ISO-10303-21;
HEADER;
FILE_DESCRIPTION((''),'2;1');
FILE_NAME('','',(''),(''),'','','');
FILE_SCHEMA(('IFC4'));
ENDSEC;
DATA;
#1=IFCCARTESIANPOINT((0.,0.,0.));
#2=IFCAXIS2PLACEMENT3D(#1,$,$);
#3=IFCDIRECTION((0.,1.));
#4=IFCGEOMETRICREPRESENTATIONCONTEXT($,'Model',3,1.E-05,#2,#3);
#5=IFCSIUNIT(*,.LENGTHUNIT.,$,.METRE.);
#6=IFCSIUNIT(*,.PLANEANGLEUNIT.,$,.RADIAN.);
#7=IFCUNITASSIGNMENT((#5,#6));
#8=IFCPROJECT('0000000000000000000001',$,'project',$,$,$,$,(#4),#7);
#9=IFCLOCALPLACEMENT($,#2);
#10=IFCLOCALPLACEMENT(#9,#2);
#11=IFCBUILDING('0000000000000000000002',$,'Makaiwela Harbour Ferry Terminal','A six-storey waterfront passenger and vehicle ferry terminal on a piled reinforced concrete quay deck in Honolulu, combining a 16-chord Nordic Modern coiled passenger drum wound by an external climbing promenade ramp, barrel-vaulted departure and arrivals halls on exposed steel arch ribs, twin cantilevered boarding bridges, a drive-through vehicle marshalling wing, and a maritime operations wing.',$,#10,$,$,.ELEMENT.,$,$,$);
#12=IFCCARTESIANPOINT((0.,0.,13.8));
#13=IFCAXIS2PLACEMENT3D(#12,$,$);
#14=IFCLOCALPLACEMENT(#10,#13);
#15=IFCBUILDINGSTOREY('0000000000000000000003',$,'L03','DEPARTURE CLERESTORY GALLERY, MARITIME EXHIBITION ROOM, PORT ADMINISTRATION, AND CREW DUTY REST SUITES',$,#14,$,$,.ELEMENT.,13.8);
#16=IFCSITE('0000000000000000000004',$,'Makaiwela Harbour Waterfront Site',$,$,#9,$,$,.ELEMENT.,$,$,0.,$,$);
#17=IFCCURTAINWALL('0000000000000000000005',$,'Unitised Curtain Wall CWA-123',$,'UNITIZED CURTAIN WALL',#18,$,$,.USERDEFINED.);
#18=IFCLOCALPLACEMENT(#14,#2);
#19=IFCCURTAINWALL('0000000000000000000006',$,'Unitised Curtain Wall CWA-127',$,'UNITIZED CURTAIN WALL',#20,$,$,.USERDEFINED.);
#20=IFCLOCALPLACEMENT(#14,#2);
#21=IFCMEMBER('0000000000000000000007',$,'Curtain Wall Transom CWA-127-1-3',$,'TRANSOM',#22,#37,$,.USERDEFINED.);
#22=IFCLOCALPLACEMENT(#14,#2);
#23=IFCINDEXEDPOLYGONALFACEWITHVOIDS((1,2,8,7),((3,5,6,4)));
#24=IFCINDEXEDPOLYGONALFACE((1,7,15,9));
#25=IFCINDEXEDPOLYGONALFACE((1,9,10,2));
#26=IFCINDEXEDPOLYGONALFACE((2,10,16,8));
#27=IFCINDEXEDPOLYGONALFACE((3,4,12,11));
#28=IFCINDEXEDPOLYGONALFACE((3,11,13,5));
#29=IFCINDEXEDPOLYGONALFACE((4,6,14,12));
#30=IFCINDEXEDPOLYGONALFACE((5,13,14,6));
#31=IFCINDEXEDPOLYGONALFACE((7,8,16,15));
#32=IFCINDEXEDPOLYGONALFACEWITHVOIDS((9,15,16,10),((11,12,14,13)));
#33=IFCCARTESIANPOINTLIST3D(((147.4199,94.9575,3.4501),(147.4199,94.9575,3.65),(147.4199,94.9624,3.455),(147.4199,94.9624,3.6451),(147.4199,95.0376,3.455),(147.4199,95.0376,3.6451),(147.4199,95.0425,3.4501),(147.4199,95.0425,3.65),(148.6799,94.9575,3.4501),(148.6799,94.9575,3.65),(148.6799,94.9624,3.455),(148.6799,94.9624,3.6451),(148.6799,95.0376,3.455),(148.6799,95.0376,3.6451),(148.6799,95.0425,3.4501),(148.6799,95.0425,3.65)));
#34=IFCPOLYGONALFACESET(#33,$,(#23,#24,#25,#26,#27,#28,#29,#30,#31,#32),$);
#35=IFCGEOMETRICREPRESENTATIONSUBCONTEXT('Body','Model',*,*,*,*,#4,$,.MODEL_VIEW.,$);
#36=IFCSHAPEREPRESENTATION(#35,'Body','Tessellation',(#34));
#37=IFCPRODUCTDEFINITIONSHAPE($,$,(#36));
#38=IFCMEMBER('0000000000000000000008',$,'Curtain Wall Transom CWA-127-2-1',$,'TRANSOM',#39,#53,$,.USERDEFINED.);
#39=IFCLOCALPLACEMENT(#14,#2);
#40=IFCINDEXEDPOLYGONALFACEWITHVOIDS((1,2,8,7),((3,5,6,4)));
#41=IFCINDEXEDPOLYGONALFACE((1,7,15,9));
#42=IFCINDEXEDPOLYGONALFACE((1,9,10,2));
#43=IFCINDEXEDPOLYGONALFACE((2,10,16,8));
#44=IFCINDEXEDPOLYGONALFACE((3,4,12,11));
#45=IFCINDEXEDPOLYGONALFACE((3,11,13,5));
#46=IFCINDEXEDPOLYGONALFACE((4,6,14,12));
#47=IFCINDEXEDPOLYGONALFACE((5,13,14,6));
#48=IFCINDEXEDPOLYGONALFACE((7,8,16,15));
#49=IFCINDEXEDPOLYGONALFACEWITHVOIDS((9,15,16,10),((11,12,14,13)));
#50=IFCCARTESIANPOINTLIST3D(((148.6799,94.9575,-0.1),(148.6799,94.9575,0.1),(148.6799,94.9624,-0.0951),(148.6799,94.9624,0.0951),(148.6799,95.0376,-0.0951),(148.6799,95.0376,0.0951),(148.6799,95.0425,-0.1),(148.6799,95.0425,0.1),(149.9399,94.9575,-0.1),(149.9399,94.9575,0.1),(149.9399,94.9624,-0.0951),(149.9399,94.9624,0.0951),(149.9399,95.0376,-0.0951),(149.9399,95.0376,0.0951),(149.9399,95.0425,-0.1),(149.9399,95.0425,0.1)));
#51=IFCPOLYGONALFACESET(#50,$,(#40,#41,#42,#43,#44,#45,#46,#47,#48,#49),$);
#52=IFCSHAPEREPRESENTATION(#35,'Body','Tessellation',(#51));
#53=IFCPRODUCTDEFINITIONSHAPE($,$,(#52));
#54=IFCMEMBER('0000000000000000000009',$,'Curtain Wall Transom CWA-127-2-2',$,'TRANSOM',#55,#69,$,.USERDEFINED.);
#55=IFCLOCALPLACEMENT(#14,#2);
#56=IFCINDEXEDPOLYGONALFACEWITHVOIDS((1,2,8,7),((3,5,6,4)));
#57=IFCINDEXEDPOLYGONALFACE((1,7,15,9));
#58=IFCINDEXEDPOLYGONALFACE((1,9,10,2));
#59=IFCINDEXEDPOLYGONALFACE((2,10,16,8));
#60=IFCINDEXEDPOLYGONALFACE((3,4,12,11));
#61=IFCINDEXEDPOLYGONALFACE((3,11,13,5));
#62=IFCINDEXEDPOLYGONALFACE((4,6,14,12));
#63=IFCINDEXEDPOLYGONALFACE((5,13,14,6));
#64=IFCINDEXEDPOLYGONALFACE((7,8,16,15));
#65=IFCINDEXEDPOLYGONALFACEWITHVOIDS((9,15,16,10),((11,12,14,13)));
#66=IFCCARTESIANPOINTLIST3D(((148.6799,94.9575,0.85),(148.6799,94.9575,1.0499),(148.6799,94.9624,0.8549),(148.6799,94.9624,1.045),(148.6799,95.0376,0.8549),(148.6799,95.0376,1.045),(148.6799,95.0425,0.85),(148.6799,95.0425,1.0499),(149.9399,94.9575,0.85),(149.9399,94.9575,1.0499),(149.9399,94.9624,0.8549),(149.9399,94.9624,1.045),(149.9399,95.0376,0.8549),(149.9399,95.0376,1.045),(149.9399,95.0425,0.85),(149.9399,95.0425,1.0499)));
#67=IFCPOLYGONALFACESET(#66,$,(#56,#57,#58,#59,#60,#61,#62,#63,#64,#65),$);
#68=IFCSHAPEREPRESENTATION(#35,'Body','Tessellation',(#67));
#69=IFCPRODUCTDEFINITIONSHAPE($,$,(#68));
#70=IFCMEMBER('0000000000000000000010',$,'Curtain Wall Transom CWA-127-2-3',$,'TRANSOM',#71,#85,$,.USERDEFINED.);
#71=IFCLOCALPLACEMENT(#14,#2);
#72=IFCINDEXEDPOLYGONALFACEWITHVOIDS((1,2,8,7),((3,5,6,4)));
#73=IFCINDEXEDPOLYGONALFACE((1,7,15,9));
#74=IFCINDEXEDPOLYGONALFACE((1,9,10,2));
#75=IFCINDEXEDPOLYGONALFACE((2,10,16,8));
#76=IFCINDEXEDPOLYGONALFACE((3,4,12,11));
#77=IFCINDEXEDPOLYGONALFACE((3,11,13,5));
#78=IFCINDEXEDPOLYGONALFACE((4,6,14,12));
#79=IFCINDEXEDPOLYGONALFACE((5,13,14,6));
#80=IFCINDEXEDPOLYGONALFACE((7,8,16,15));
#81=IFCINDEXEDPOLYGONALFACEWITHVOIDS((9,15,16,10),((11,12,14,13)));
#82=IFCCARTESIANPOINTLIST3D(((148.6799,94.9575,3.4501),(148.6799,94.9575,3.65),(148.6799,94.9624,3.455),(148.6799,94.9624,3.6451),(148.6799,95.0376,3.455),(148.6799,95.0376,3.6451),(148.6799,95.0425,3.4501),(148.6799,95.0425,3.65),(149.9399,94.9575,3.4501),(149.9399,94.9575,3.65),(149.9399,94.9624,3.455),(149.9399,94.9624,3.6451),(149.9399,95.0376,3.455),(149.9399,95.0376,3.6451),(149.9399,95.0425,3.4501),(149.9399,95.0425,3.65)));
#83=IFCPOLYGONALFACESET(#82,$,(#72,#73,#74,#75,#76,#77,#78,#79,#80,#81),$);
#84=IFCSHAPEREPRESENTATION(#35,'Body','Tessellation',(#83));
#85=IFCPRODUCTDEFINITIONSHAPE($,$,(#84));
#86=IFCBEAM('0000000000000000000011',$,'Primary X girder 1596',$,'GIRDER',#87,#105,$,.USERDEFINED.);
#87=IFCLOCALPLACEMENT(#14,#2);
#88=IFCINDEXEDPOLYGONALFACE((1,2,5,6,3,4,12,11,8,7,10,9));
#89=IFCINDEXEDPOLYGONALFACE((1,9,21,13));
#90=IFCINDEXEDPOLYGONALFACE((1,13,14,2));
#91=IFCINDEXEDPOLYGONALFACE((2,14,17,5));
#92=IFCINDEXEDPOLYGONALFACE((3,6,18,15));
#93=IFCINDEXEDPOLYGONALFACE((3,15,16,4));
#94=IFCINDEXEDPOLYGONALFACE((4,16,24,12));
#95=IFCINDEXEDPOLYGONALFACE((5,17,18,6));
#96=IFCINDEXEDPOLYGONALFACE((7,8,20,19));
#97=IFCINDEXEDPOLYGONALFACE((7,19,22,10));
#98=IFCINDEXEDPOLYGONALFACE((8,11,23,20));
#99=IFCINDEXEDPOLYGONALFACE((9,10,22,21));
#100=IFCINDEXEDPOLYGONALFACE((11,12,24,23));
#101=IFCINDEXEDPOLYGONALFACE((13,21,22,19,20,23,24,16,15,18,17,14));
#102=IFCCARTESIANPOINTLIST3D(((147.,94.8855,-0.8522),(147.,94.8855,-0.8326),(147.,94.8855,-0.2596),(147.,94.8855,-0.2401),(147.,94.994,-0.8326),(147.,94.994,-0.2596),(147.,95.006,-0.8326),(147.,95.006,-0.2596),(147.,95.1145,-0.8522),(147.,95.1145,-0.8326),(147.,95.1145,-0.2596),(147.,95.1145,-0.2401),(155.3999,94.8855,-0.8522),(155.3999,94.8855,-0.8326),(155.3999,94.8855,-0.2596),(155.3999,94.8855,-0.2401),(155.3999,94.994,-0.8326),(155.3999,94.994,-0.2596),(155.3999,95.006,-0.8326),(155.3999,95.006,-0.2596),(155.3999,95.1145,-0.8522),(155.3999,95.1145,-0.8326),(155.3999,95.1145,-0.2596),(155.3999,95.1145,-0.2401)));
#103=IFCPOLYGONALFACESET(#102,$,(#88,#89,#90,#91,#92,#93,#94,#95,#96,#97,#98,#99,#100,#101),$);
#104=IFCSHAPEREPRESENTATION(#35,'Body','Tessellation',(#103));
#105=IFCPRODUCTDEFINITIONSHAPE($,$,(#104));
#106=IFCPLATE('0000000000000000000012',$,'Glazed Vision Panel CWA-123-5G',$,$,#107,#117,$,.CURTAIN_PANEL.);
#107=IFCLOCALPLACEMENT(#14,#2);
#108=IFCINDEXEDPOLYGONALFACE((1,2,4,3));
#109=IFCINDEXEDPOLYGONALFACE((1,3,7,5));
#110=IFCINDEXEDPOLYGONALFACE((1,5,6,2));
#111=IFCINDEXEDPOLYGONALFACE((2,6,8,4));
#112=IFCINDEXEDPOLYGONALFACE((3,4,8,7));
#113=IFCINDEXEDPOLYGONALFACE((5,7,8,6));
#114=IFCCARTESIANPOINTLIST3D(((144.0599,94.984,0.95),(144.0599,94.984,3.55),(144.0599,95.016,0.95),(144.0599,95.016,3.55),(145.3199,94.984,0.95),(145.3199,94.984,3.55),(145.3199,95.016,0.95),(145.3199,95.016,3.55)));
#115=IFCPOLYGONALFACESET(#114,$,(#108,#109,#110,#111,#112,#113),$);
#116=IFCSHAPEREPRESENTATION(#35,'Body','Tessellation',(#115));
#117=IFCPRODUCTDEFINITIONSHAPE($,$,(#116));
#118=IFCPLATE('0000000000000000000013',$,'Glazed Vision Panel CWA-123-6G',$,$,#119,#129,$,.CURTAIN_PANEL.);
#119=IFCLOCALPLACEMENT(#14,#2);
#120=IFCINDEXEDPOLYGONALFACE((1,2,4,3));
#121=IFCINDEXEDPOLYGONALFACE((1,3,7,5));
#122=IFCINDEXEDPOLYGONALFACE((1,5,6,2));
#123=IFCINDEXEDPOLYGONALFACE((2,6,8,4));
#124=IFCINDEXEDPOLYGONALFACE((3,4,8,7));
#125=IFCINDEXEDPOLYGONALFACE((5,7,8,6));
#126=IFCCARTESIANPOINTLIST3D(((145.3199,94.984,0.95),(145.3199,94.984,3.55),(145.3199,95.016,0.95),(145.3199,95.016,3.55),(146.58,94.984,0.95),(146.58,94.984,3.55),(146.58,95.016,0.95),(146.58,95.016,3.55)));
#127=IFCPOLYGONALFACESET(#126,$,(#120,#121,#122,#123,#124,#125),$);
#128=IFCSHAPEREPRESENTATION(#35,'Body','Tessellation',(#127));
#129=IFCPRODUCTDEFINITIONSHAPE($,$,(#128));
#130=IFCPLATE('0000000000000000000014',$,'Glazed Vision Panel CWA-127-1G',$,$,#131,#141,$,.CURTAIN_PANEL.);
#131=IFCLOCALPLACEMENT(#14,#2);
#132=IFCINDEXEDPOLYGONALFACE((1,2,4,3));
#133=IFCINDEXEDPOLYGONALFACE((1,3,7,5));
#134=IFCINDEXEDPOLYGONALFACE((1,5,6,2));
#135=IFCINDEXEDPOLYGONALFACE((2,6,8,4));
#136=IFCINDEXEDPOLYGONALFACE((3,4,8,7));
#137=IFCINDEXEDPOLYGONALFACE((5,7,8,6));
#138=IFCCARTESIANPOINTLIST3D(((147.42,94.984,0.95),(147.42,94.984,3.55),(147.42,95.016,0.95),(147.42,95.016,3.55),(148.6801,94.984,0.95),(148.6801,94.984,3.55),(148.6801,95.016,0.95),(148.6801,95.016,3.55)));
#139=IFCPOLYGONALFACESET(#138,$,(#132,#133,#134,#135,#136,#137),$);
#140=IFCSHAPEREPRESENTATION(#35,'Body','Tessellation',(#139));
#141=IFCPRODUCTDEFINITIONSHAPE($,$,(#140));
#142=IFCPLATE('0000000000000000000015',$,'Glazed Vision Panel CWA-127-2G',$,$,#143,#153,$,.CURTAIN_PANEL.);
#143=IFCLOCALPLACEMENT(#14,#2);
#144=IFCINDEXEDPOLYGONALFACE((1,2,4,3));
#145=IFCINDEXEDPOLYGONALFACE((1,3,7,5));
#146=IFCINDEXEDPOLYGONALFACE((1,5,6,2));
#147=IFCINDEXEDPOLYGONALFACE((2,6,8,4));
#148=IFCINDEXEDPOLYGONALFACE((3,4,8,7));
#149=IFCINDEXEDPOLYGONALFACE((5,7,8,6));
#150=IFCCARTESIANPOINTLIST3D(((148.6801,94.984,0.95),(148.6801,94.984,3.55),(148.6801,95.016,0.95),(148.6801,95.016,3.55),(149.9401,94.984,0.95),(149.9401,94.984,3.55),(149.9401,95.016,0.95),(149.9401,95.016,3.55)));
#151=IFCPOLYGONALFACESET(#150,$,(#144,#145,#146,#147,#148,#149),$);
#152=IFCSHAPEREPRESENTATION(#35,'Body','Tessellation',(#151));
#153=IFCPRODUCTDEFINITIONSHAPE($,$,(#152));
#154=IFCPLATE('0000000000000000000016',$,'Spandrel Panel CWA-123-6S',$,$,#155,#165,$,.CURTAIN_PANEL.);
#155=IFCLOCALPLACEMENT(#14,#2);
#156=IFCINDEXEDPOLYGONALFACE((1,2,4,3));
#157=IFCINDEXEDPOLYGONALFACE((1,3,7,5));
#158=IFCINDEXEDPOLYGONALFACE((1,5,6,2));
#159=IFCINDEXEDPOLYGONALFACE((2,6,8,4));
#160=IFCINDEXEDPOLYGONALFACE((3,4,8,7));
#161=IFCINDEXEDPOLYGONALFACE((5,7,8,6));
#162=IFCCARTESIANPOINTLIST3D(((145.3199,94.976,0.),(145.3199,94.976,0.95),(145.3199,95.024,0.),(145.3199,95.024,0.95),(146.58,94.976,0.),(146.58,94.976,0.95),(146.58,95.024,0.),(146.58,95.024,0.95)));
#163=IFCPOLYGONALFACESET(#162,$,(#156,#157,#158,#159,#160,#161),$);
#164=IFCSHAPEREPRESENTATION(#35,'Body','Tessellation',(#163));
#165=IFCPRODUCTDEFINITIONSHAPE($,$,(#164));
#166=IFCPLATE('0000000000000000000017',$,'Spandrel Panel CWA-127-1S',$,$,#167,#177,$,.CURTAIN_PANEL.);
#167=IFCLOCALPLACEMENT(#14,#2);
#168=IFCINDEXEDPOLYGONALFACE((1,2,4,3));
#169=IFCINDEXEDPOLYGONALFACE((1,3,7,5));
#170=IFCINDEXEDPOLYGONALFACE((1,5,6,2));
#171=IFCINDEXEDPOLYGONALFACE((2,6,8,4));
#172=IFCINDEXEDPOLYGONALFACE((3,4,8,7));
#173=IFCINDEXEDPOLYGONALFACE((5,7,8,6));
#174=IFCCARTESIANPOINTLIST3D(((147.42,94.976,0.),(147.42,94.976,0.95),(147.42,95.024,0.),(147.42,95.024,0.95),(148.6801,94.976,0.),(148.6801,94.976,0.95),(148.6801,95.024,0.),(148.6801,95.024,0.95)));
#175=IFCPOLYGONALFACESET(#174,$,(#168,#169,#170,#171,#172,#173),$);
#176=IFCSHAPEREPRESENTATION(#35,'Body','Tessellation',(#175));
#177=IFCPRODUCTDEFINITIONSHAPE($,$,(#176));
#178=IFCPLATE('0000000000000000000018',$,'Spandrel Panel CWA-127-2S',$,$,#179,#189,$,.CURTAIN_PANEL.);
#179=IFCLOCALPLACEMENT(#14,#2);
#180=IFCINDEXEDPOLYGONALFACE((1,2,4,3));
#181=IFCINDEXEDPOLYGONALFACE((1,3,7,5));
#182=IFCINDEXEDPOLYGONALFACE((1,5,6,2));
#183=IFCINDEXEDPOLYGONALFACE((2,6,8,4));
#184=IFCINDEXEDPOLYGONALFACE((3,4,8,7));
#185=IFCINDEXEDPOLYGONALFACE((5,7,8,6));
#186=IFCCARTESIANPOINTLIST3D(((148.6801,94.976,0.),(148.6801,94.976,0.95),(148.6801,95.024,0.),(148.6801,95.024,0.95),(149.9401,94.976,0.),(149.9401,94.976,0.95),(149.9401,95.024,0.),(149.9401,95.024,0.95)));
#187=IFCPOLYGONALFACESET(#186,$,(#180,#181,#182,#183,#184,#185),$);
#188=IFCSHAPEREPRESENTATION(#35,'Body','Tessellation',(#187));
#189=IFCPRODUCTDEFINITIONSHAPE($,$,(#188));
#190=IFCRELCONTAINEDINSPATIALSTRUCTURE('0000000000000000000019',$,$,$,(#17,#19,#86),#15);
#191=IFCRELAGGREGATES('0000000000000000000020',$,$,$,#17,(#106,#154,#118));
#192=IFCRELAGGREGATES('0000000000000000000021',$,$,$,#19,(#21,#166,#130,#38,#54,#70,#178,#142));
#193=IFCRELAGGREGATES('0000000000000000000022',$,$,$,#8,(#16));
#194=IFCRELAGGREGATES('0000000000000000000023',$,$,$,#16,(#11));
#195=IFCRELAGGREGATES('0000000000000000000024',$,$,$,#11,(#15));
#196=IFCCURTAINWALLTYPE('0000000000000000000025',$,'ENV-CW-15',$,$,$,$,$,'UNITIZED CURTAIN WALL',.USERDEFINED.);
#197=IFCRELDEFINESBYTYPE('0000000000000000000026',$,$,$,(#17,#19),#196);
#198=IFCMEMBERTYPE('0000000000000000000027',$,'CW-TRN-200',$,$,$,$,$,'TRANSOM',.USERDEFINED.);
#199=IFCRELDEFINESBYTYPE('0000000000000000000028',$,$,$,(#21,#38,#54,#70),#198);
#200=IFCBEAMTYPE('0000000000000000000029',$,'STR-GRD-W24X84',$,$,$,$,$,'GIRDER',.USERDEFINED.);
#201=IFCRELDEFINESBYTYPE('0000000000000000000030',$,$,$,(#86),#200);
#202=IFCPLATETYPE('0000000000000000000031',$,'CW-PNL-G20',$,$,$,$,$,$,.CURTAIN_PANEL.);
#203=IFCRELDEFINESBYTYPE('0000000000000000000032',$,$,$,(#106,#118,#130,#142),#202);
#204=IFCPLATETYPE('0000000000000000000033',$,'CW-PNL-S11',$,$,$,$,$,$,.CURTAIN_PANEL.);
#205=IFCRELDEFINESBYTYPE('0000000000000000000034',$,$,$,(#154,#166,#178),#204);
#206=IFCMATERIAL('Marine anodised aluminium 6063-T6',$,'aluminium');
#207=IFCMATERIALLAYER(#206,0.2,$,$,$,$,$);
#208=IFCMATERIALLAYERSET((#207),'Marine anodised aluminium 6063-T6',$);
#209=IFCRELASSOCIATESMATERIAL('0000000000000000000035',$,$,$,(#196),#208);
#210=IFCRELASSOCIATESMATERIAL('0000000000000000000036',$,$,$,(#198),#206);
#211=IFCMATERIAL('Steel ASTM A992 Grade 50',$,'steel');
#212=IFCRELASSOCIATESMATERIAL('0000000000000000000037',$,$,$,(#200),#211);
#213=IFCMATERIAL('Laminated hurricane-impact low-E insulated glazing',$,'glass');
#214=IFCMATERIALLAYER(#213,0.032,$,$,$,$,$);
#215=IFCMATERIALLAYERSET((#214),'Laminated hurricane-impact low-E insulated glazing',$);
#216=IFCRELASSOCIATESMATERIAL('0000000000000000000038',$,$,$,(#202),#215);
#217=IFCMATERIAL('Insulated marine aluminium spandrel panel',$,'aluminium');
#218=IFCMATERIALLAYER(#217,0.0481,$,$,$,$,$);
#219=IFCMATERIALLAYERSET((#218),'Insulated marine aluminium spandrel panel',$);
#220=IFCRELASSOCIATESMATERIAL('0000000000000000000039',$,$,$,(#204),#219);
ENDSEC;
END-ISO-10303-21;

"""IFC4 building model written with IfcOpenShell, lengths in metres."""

from ifc_helpers import new_model, si_unit, direction, frame, origin, origin_2d, place, context, subcontext, project, spatial, rectangle, hollow_rectangle, i_section, extrude, material, layer, layer_set, material_profile, profile_set, type_object, element, aggregate, save


model = new_model("IFC4")

# Units and contexts
model_context = context("Model", 3, precision=1e-05, world=origin(), true_north=direction((0.0, 1.0)))
body_context = subcontext(model_context, "Body", "Model", "MODEL_VIEW")
ifc_project = project(units=[si_unit("LENGTHUNIT", "METRE"), si_unit("PLANEANGLEUNIT", "RADIAN")], contexts=[model_context])

# Site, building, storey
site_placement = place(None, origin())
site = spatial("IfcSite", under=ifc_project, at=site_placement, Name="Makaiwela Harbour Waterfront Site", CompositionType="ELEMENT", RefElevation=0.0)
building_placement = place(site_placement, origin())
building = spatial("IfcBuilding", under=site, at=building_placement, Name="Makaiwela Harbour Ferry Terminal", Description="A six-storey waterfront passenger and vehicle ferry terminal on a piled reinforced concrete quay deck in Honolulu, combining a 16-chord Nordic Modern coiled passenger drum wound by an external climbing promenade ramp, barrel-vaulted departure and arrivals halls on exposed steel arch ribs, twin cantilevered boarding bridges, a drive-through vehicle marshalling wing, and a maritime operations wing.", CompositionType="ELEMENT")
storey_placement = place(building_placement, frame((0.0, 0.0, 13.8)))
storey = spatial("IfcBuildingStorey", under=building, at=storey_placement, Name="L03", Description="DEPARTURE CLERESTORY GALLERY, MARITIME EXHIBITION ROOM, PORT ADMINISTRATION, AND CREW DUTY REST SUITES", CompositionType="ELEMENT", Elevation=13.8)

# Shared definitions
ifc_material_1 = material(Name="Steel ASTM A992 Grade 50", Category="steel")

# Curtain walls
ifc_material_2 = material(Name="Marine anodised aluminium 6063-T6", Category="aluminium")
ifc_layer_1 = layer(ifc_material_2, 0.2)
ifc_layer_set_1 = layer_set([ifc_layer_1], Name="Marine anodised aluminium 6063-T6")
curtain_wall_type = type_object("IfcCurtainWallType", Name="ENV-CW-15", ElementType="UNITIZED CURTAIN WALL", PredefinedType="USERDEFINED", material=ifc_layer_set_1)
curtain_wall_1_placement = place(storey_placement, origin())
curtain_wall_1 = element("IfcCurtainWall", 1, at=curtain_wall_1_placement, inside=storey, type_object=curtain_wall_type, Name="Unitised Curtain Wall CWA-123", ObjectType="UNITIZED CURTAIN WALL", PredefinedType="USERDEFINED")
curtain_wall_2_placement = place(storey_placement, origin())
curtain_wall_2 = element("IfcCurtainWall", 2, at=curtain_wall_2_placement, inside=storey, type_object=curtain_wall_type, Name="Unitised Curtain Wall CWA-127", ObjectType="UNITIZED CURTAIN WALL", PredefinedType="USERDEFINED")

# Members
ifc_material_profile_1 = material_profile(ifc_material_2, hollow_rectangle(XDim=0.085, YDim=0.2, WallThickness=0.0049, at=origin_2d()), Name="CWT-200X85")
ifc_profile_set_1 = profile_set([ifc_material_profile_1], Name="Marine anodised aluminium 6063-T6")
member_type_1 = type_object("IfcMemberType", Name="CW-TRN-200", ElementType="TRANSOM", PredefinedType="USERDEFINED", material=ifc_profile_set_1)
member_1_placement = place(storey_placement, frame((147.4199, 95.0, 3.55), z_axis=(1.0, 0.0, 0.0), x_axis=(0.0, 1.0, 0.0)))
member_1 = element("IfcMember", 3, at=member_1_placement, type_object=member_type_1, Name="Curtain Wall Transom CWA-127-1-3", ObjectType="TRANSOM", PredefinedType="USERDEFINED", context=body_context, shape_type="SweptSolid", body=[
    extrude(hollow_rectangle(XDim=0.085, YDim=0.2, WallThickness=0.0049, at=origin_2d()), origin(), (0.0, 0.0, 1.0), 1.26),
])
member_2_placement = place(storey_placement, frame((148.6799, 95.0, 0.0), z_axis=(1.0, 0.0, 0.0), x_axis=(0.0, 1.0, 0.0)))
member_2 = element("IfcMember", 4, at=member_2_placement, type_object=member_type_1, Name="Curtain Wall Transom CWA-127-2-1", ObjectType="TRANSOM", PredefinedType="USERDEFINED", context=body_context, shape_type="SweptSolid", body=[
    extrude(hollow_rectangle(XDim=0.085, YDim=0.2, WallThickness=0.0049, at=origin_2d()), origin(), (0.0, 0.0, 1.0), 1.26),
])
member_3_placement = place(storey_placement, frame((148.6799, 95.0, 0.95), z_axis=(1.0, 0.0, 0.0), x_axis=(0.0, 1.0, 0.0)))
member_3 = element("IfcMember", 5, at=member_3_placement, type_object=member_type_1, Name="Curtain Wall Transom CWA-127-2-2", ObjectType="TRANSOM", PredefinedType="USERDEFINED", context=body_context, shape_type="SweptSolid", body=[
    extrude(hollow_rectangle(XDim=0.085, YDim=0.2, WallThickness=0.0049, at=origin_2d()), origin(), (0.0, 0.0, 1.0), 1.26),
])
member_4_placement = place(storey_placement, frame((148.6799, 95.0, 3.55), z_axis=(1.0, 0.0, 0.0), x_axis=(0.0, 1.0, 0.0)))
member_4 = element("IfcMember", 6, at=member_4_placement, type_object=member_type_1, Name="Curtain Wall Transom CWA-127-2-3", ObjectType="TRANSOM", PredefinedType="USERDEFINED", context=body_context, shape_type="SweptSolid", body=[
    extrude(hollow_rectangle(XDim=0.085, YDim=0.2, WallThickness=0.0049, at=origin_2d()), origin(), (0.0, 0.0, 1.0), 1.26),
])

# Beam
ifc_material_profile_2 = material_profile(ifc_material_1, i_section(OverallWidth=0.229, OverallDepth=0.6121, WebThickness=0.012, FlangeThickness=0.0195, at=origin_2d()), Name="W24X84")
ifc_profile_set_2 = profile_set([ifc_material_profile_2], Name="Steel ASTM A992 Grade 50")
beam_type = type_object("IfcBeamType", Name="STR-GRD-W24X84", ElementType="GIRDER", PredefinedType="USERDEFINED", material=ifc_profile_set_2)
beam_placement = place(storey_placement, frame((147.0, 95.0, -0.5461), z_axis=(1.0, 0.0, 0.0), x_axis=(0.0, 1.0, 0.0)))
element("IfcBeam", 7, at=beam_placement, inside=storey, type_object=beam_type, Name="Primary X girder 1596", ObjectType="GIRDER", PredefinedType="USERDEFINED", context=body_context, shape_type="SweptSolid", body=[
    extrude(i_section(OverallWidth=0.229, OverallDepth=0.6121, WebThickness=0.012, FlangeThickness=0.0195, at=origin_2d()), origin(), (0.0, 0.0, 1.0), 8.3999),
])

# Plates
ifc_material_3 = material(Name="Laminated hurricane-impact low-E insulated glazing", Category="glass")
ifc_layer_2 = layer(ifc_material_3, 0.032)
ifc_layer_set_2 = layer_set([ifc_layer_2], Name="Laminated hurricane-impact low-E insulated glazing")
plate_type_1 = type_object("IfcPlateType", Name="CW-PNL-G20", PredefinedType="CURTAIN_PANEL", material=ifc_layer_set_2)
plate_1_placement = place(storey_placement, frame((144.6899, 95.0, 0.95), z_axis=(0.0, 0.0, 1.0), x_axis=(1.0, 0.0, 0.0)))
plate_1 = element("IfcPlate", 8, at=plate_1_placement, type_object=plate_type_1, Name="Glazed Vision Panel CWA-123-5G", PredefinedType="CURTAIN_PANEL", context=body_context, shape_type="SweptSolid", body=[
    extrude(rectangle(XDim=1.26, YDim=0.032, at=origin_2d()), origin(), (0.0, 0.0, 1.0), 2.6001),
])
plate_2_placement = place(storey_placement, frame((145.95, 95.0, 0.95), z_axis=(0.0, 0.0, 1.0), x_axis=(1.0, 0.0, 0.0)))
plate_2 = element("IfcPlate", 9, at=plate_2_placement, type_object=plate_type_1, Name="Glazed Vision Panel CWA-123-6G", PredefinedType="CURTAIN_PANEL", context=body_context, shape_type="SweptSolid", body=[
    extrude(rectangle(XDim=1.26, YDim=0.032, at=origin_2d()), origin(), (0.0, 0.0, 1.0), 2.6001),
])
plate_3_placement = place(storey_placement, frame((148.05, 95.0, 0.95), z_axis=(0.0, 0.0, 1.0), x_axis=(1.0, 0.0, 0.0)))
plate_3 = element("IfcPlate", 10, at=plate_3_placement, type_object=plate_type_1, Name="Glazed Vision Panel CWA-127-1G", PredefinedType="CURTAIN_PANEL", context=body_context, shape_type="SweptSolid", body=[
    extrude(rectangle(XDim=1.26, YDim=0.032, at=origin_2d()), origin(), (0.0, 0.0, 1.0), 2.6001),
])
plate_4_placement = place(storey_placement, frame((149.3101, 95.0, 0.95), z_axis=(0.0, 0.0, 1.0), x_axis=(1.0, 0.0, 0.0)))
plate_4 = element("IfcPlate", 11, at=plate_4_placement, type_object=plate_type_1, Name="Glazed Vision Panel CWA-127-2G", PredefinedType="CURTAIN_PANEL", context=body_context, shape_type="SweptSolid", body=[
    extrude(rectangle(XDim=1.26, YDim=0.032, at=origin_2d()), origin(), (0.0, 0.0, 1.0), 2.6001),
])
ifc_material_4 = material(Name="Insulated marine aluminium spandrel panel", Category="aluminium")
ifc_layer_3 = layer(ifc_material_4, 0.0481)
ifc_layer_set_3 = layer_set([ifc_layer_3], Name="Insulated marine aluminium spandrel panel")
plate_type_2 = type_object("IfcPlateType", Name="CW-PNL-S11", PredefinedType="CURTAIN_PANEL", material=ifc_layer_set_3)
plate_5_placement = place(storey_placement, frame((145.95, 95.0, 0.0), z_axis=(0.0, 0.0, 1.0), x_axis=(1.0, 0.0, 0.0)))
plate_5 = element("IfcPlate", 12, at=plate_5_placement, type_object=plate_type_2, Name="Spandrel Panel CWA-123-6S", PredefinedType="CURTAIN_PANEL", context=body_context, shape_type="SweptSolid", body=[
    extrude(rectangle(XDim=1.26, YDim=0.0481, at=origin_2d()), origin(), (0.0, 0.0, 1.0), 0.95),
])
aggregate(curtain_wall_1, [plate_1, plate_5, plate_2])
plate_6_placement = place(storey_placement, frame((148.05, 95.0, 0.0), z_axis=(0.0, 0.0, 1.0), x_axis=(1.0, 0.0, 0.0)))
plate_6 = element("IfcPlate", 13, at=plate_6_placement, type_object=plate_type_2, Name="Spandrel Panel CWA-127-1S", PredefinedType="CURTAIN_PANEL", context=body_context, shape_type="SweptSolid", body=[
    extrude(rectangle(XDim=1.26, YDim=0.0481, at=origin_2d()), origin(), (0.0, 0.0, 1.0), 0.95),
])
plate_7_placement = place(storey_placement, frame((149.3101, 95.0, 0.0), z_axis=(0.0, 0.0, 1.0), x_axis=(1.0, 0.0, 0.0)))
plate_7 = element("IfcPlate", 14, at=plate_7_placement, type_object=plate_type_2, Name="Spandrel Panel CWA-127-2S", PredefinedType="CURTAIN_PANEL", context=body_context, shape_type="SweptSolid", body=[
    extrude(rectangle(XDim=1.26, YDim=0.0481, at=origin_2d()), origin(), (0.0, 0.0, 1.0), 0.95),
])
aggregate(curtain_wall_2, [member_1, plate_6, plate_3, member_2, member_3, member_4, plate_7, plate_4])

save(model, "model.ifc")
